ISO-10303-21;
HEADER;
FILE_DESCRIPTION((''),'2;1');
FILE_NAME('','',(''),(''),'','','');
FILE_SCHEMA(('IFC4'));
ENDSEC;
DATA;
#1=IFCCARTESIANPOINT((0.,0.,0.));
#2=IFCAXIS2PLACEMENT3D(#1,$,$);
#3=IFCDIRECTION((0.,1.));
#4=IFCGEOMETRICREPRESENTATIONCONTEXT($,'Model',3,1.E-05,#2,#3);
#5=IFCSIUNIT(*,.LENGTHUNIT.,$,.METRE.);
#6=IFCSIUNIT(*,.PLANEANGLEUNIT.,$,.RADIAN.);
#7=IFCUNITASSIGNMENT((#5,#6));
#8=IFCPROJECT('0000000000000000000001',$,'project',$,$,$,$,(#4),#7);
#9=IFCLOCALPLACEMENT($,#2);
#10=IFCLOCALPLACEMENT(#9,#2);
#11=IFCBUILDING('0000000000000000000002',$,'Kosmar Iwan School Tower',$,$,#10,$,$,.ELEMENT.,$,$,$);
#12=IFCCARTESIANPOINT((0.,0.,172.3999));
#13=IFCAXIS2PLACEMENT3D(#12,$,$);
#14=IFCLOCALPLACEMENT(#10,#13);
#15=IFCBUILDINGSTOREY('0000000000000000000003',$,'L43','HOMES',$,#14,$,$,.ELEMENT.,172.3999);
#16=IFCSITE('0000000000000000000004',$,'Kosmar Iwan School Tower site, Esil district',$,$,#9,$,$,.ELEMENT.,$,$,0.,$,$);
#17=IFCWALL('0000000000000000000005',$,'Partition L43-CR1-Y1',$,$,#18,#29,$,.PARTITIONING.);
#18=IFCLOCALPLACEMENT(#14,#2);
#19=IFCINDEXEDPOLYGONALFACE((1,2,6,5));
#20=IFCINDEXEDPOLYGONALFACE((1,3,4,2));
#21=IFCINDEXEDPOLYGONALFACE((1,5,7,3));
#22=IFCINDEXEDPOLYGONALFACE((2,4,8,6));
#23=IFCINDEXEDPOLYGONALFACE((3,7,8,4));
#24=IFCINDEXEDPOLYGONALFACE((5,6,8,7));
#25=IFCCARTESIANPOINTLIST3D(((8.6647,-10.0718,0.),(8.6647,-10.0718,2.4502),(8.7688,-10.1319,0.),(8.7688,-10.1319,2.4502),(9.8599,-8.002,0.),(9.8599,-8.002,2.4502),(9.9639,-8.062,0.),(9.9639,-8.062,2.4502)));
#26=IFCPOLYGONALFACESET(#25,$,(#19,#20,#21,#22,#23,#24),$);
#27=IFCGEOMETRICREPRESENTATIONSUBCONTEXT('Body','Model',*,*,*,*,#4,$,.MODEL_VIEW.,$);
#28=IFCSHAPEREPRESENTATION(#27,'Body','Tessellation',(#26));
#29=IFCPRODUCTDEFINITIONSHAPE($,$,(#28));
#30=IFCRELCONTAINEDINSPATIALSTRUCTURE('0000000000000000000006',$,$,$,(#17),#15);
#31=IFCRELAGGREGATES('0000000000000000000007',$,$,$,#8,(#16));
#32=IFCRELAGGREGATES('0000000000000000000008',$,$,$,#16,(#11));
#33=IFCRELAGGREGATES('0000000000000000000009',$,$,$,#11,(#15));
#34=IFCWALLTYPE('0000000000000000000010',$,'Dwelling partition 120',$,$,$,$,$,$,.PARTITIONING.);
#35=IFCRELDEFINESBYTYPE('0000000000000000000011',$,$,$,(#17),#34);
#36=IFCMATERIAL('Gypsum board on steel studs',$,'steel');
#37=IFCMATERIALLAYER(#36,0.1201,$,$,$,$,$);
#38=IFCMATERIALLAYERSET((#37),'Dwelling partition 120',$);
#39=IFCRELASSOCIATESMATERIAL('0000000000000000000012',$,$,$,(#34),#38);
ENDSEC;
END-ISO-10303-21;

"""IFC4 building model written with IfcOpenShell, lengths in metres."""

from ifc_helpers import new_model, si_unit, direction, frame, frame_2d, origin, place, context, subcontext, project, spatial, rectangle, extrude, material, layer, layer_set, type_object, element, save


model = new_model("IFC4")

# Units and contexts
model_context = context("Model", 3, precision=1e-05, world=origin(), true_north=direction((0.0, 1.0)))
body_context = subcontext(model_context, "Body", "Model", "MODEL_VIEW")
ifc_project = project(units=[si_unit("LENGTHUNIT", "METRE"), si_unit("PLANEANGLEUNIT", "RADIAN")], contexts=[model_context])

# Site, building, storey
site_placement = place(None, origin())
site = spatial("IfcSite", under=ifc_project, at=site_placement, Name="Kosmar Iwan School Tower site, Esil district", CompositionType="ELEMENT", RefElevation=0.0)
building_placement = place(site_placement, origin())
building = spatial("IfcBuilding", under=site, at=building_placement, Name="Kosmar Iwan School Tower", CompositionType="ELEMENT")
storey_placement = place(building_placement, frame((0.0, 0.0, 172.3999)))
storey = spatial("IfcBuildingStorey", under=building, at=storey_placement, Name="L43", Description="HOMES", CompositionType="ELEMENT", Elevation=172.3999)

# Shared definitions
ifc_material_1 = material(Name="Gypsum board on steel studs", Category="steel")
ifc_layer = layer(ifc_material_1, 0.1201)
ifc_layer_set = layer_set([ifc_layer], Name="Dwelling partition 120")
wall_type = type_object("IfcWallType", Name="Dwelling partition 120", PredefinedType="PARTITIONING", material=ifc_layer_set)

# Wall
wall_1_placement = place(storey_placement, frame((9.9119, -8.032, 0.0), z_axis=(0.0, 0.0, 1.0), x_axis=(-0.500017, -0.866015, 0.0)))
element("IfcWall", 1, at=wall_1_placement, inside=storey, type_object=wall_type, Name="Partition L43-CR1-Y1", PredefinedType="PARTITIONING", context=body_context, shape_type="SweptSolid", body=[
    extrude(rectangle(XDim=2.3901, YDim=0.1201, at=frame_2d((1.1951, 0.0))), origin(), (0.0, 0.0, 1.0), 2.4502),
])

save(model, "model.ifc")
